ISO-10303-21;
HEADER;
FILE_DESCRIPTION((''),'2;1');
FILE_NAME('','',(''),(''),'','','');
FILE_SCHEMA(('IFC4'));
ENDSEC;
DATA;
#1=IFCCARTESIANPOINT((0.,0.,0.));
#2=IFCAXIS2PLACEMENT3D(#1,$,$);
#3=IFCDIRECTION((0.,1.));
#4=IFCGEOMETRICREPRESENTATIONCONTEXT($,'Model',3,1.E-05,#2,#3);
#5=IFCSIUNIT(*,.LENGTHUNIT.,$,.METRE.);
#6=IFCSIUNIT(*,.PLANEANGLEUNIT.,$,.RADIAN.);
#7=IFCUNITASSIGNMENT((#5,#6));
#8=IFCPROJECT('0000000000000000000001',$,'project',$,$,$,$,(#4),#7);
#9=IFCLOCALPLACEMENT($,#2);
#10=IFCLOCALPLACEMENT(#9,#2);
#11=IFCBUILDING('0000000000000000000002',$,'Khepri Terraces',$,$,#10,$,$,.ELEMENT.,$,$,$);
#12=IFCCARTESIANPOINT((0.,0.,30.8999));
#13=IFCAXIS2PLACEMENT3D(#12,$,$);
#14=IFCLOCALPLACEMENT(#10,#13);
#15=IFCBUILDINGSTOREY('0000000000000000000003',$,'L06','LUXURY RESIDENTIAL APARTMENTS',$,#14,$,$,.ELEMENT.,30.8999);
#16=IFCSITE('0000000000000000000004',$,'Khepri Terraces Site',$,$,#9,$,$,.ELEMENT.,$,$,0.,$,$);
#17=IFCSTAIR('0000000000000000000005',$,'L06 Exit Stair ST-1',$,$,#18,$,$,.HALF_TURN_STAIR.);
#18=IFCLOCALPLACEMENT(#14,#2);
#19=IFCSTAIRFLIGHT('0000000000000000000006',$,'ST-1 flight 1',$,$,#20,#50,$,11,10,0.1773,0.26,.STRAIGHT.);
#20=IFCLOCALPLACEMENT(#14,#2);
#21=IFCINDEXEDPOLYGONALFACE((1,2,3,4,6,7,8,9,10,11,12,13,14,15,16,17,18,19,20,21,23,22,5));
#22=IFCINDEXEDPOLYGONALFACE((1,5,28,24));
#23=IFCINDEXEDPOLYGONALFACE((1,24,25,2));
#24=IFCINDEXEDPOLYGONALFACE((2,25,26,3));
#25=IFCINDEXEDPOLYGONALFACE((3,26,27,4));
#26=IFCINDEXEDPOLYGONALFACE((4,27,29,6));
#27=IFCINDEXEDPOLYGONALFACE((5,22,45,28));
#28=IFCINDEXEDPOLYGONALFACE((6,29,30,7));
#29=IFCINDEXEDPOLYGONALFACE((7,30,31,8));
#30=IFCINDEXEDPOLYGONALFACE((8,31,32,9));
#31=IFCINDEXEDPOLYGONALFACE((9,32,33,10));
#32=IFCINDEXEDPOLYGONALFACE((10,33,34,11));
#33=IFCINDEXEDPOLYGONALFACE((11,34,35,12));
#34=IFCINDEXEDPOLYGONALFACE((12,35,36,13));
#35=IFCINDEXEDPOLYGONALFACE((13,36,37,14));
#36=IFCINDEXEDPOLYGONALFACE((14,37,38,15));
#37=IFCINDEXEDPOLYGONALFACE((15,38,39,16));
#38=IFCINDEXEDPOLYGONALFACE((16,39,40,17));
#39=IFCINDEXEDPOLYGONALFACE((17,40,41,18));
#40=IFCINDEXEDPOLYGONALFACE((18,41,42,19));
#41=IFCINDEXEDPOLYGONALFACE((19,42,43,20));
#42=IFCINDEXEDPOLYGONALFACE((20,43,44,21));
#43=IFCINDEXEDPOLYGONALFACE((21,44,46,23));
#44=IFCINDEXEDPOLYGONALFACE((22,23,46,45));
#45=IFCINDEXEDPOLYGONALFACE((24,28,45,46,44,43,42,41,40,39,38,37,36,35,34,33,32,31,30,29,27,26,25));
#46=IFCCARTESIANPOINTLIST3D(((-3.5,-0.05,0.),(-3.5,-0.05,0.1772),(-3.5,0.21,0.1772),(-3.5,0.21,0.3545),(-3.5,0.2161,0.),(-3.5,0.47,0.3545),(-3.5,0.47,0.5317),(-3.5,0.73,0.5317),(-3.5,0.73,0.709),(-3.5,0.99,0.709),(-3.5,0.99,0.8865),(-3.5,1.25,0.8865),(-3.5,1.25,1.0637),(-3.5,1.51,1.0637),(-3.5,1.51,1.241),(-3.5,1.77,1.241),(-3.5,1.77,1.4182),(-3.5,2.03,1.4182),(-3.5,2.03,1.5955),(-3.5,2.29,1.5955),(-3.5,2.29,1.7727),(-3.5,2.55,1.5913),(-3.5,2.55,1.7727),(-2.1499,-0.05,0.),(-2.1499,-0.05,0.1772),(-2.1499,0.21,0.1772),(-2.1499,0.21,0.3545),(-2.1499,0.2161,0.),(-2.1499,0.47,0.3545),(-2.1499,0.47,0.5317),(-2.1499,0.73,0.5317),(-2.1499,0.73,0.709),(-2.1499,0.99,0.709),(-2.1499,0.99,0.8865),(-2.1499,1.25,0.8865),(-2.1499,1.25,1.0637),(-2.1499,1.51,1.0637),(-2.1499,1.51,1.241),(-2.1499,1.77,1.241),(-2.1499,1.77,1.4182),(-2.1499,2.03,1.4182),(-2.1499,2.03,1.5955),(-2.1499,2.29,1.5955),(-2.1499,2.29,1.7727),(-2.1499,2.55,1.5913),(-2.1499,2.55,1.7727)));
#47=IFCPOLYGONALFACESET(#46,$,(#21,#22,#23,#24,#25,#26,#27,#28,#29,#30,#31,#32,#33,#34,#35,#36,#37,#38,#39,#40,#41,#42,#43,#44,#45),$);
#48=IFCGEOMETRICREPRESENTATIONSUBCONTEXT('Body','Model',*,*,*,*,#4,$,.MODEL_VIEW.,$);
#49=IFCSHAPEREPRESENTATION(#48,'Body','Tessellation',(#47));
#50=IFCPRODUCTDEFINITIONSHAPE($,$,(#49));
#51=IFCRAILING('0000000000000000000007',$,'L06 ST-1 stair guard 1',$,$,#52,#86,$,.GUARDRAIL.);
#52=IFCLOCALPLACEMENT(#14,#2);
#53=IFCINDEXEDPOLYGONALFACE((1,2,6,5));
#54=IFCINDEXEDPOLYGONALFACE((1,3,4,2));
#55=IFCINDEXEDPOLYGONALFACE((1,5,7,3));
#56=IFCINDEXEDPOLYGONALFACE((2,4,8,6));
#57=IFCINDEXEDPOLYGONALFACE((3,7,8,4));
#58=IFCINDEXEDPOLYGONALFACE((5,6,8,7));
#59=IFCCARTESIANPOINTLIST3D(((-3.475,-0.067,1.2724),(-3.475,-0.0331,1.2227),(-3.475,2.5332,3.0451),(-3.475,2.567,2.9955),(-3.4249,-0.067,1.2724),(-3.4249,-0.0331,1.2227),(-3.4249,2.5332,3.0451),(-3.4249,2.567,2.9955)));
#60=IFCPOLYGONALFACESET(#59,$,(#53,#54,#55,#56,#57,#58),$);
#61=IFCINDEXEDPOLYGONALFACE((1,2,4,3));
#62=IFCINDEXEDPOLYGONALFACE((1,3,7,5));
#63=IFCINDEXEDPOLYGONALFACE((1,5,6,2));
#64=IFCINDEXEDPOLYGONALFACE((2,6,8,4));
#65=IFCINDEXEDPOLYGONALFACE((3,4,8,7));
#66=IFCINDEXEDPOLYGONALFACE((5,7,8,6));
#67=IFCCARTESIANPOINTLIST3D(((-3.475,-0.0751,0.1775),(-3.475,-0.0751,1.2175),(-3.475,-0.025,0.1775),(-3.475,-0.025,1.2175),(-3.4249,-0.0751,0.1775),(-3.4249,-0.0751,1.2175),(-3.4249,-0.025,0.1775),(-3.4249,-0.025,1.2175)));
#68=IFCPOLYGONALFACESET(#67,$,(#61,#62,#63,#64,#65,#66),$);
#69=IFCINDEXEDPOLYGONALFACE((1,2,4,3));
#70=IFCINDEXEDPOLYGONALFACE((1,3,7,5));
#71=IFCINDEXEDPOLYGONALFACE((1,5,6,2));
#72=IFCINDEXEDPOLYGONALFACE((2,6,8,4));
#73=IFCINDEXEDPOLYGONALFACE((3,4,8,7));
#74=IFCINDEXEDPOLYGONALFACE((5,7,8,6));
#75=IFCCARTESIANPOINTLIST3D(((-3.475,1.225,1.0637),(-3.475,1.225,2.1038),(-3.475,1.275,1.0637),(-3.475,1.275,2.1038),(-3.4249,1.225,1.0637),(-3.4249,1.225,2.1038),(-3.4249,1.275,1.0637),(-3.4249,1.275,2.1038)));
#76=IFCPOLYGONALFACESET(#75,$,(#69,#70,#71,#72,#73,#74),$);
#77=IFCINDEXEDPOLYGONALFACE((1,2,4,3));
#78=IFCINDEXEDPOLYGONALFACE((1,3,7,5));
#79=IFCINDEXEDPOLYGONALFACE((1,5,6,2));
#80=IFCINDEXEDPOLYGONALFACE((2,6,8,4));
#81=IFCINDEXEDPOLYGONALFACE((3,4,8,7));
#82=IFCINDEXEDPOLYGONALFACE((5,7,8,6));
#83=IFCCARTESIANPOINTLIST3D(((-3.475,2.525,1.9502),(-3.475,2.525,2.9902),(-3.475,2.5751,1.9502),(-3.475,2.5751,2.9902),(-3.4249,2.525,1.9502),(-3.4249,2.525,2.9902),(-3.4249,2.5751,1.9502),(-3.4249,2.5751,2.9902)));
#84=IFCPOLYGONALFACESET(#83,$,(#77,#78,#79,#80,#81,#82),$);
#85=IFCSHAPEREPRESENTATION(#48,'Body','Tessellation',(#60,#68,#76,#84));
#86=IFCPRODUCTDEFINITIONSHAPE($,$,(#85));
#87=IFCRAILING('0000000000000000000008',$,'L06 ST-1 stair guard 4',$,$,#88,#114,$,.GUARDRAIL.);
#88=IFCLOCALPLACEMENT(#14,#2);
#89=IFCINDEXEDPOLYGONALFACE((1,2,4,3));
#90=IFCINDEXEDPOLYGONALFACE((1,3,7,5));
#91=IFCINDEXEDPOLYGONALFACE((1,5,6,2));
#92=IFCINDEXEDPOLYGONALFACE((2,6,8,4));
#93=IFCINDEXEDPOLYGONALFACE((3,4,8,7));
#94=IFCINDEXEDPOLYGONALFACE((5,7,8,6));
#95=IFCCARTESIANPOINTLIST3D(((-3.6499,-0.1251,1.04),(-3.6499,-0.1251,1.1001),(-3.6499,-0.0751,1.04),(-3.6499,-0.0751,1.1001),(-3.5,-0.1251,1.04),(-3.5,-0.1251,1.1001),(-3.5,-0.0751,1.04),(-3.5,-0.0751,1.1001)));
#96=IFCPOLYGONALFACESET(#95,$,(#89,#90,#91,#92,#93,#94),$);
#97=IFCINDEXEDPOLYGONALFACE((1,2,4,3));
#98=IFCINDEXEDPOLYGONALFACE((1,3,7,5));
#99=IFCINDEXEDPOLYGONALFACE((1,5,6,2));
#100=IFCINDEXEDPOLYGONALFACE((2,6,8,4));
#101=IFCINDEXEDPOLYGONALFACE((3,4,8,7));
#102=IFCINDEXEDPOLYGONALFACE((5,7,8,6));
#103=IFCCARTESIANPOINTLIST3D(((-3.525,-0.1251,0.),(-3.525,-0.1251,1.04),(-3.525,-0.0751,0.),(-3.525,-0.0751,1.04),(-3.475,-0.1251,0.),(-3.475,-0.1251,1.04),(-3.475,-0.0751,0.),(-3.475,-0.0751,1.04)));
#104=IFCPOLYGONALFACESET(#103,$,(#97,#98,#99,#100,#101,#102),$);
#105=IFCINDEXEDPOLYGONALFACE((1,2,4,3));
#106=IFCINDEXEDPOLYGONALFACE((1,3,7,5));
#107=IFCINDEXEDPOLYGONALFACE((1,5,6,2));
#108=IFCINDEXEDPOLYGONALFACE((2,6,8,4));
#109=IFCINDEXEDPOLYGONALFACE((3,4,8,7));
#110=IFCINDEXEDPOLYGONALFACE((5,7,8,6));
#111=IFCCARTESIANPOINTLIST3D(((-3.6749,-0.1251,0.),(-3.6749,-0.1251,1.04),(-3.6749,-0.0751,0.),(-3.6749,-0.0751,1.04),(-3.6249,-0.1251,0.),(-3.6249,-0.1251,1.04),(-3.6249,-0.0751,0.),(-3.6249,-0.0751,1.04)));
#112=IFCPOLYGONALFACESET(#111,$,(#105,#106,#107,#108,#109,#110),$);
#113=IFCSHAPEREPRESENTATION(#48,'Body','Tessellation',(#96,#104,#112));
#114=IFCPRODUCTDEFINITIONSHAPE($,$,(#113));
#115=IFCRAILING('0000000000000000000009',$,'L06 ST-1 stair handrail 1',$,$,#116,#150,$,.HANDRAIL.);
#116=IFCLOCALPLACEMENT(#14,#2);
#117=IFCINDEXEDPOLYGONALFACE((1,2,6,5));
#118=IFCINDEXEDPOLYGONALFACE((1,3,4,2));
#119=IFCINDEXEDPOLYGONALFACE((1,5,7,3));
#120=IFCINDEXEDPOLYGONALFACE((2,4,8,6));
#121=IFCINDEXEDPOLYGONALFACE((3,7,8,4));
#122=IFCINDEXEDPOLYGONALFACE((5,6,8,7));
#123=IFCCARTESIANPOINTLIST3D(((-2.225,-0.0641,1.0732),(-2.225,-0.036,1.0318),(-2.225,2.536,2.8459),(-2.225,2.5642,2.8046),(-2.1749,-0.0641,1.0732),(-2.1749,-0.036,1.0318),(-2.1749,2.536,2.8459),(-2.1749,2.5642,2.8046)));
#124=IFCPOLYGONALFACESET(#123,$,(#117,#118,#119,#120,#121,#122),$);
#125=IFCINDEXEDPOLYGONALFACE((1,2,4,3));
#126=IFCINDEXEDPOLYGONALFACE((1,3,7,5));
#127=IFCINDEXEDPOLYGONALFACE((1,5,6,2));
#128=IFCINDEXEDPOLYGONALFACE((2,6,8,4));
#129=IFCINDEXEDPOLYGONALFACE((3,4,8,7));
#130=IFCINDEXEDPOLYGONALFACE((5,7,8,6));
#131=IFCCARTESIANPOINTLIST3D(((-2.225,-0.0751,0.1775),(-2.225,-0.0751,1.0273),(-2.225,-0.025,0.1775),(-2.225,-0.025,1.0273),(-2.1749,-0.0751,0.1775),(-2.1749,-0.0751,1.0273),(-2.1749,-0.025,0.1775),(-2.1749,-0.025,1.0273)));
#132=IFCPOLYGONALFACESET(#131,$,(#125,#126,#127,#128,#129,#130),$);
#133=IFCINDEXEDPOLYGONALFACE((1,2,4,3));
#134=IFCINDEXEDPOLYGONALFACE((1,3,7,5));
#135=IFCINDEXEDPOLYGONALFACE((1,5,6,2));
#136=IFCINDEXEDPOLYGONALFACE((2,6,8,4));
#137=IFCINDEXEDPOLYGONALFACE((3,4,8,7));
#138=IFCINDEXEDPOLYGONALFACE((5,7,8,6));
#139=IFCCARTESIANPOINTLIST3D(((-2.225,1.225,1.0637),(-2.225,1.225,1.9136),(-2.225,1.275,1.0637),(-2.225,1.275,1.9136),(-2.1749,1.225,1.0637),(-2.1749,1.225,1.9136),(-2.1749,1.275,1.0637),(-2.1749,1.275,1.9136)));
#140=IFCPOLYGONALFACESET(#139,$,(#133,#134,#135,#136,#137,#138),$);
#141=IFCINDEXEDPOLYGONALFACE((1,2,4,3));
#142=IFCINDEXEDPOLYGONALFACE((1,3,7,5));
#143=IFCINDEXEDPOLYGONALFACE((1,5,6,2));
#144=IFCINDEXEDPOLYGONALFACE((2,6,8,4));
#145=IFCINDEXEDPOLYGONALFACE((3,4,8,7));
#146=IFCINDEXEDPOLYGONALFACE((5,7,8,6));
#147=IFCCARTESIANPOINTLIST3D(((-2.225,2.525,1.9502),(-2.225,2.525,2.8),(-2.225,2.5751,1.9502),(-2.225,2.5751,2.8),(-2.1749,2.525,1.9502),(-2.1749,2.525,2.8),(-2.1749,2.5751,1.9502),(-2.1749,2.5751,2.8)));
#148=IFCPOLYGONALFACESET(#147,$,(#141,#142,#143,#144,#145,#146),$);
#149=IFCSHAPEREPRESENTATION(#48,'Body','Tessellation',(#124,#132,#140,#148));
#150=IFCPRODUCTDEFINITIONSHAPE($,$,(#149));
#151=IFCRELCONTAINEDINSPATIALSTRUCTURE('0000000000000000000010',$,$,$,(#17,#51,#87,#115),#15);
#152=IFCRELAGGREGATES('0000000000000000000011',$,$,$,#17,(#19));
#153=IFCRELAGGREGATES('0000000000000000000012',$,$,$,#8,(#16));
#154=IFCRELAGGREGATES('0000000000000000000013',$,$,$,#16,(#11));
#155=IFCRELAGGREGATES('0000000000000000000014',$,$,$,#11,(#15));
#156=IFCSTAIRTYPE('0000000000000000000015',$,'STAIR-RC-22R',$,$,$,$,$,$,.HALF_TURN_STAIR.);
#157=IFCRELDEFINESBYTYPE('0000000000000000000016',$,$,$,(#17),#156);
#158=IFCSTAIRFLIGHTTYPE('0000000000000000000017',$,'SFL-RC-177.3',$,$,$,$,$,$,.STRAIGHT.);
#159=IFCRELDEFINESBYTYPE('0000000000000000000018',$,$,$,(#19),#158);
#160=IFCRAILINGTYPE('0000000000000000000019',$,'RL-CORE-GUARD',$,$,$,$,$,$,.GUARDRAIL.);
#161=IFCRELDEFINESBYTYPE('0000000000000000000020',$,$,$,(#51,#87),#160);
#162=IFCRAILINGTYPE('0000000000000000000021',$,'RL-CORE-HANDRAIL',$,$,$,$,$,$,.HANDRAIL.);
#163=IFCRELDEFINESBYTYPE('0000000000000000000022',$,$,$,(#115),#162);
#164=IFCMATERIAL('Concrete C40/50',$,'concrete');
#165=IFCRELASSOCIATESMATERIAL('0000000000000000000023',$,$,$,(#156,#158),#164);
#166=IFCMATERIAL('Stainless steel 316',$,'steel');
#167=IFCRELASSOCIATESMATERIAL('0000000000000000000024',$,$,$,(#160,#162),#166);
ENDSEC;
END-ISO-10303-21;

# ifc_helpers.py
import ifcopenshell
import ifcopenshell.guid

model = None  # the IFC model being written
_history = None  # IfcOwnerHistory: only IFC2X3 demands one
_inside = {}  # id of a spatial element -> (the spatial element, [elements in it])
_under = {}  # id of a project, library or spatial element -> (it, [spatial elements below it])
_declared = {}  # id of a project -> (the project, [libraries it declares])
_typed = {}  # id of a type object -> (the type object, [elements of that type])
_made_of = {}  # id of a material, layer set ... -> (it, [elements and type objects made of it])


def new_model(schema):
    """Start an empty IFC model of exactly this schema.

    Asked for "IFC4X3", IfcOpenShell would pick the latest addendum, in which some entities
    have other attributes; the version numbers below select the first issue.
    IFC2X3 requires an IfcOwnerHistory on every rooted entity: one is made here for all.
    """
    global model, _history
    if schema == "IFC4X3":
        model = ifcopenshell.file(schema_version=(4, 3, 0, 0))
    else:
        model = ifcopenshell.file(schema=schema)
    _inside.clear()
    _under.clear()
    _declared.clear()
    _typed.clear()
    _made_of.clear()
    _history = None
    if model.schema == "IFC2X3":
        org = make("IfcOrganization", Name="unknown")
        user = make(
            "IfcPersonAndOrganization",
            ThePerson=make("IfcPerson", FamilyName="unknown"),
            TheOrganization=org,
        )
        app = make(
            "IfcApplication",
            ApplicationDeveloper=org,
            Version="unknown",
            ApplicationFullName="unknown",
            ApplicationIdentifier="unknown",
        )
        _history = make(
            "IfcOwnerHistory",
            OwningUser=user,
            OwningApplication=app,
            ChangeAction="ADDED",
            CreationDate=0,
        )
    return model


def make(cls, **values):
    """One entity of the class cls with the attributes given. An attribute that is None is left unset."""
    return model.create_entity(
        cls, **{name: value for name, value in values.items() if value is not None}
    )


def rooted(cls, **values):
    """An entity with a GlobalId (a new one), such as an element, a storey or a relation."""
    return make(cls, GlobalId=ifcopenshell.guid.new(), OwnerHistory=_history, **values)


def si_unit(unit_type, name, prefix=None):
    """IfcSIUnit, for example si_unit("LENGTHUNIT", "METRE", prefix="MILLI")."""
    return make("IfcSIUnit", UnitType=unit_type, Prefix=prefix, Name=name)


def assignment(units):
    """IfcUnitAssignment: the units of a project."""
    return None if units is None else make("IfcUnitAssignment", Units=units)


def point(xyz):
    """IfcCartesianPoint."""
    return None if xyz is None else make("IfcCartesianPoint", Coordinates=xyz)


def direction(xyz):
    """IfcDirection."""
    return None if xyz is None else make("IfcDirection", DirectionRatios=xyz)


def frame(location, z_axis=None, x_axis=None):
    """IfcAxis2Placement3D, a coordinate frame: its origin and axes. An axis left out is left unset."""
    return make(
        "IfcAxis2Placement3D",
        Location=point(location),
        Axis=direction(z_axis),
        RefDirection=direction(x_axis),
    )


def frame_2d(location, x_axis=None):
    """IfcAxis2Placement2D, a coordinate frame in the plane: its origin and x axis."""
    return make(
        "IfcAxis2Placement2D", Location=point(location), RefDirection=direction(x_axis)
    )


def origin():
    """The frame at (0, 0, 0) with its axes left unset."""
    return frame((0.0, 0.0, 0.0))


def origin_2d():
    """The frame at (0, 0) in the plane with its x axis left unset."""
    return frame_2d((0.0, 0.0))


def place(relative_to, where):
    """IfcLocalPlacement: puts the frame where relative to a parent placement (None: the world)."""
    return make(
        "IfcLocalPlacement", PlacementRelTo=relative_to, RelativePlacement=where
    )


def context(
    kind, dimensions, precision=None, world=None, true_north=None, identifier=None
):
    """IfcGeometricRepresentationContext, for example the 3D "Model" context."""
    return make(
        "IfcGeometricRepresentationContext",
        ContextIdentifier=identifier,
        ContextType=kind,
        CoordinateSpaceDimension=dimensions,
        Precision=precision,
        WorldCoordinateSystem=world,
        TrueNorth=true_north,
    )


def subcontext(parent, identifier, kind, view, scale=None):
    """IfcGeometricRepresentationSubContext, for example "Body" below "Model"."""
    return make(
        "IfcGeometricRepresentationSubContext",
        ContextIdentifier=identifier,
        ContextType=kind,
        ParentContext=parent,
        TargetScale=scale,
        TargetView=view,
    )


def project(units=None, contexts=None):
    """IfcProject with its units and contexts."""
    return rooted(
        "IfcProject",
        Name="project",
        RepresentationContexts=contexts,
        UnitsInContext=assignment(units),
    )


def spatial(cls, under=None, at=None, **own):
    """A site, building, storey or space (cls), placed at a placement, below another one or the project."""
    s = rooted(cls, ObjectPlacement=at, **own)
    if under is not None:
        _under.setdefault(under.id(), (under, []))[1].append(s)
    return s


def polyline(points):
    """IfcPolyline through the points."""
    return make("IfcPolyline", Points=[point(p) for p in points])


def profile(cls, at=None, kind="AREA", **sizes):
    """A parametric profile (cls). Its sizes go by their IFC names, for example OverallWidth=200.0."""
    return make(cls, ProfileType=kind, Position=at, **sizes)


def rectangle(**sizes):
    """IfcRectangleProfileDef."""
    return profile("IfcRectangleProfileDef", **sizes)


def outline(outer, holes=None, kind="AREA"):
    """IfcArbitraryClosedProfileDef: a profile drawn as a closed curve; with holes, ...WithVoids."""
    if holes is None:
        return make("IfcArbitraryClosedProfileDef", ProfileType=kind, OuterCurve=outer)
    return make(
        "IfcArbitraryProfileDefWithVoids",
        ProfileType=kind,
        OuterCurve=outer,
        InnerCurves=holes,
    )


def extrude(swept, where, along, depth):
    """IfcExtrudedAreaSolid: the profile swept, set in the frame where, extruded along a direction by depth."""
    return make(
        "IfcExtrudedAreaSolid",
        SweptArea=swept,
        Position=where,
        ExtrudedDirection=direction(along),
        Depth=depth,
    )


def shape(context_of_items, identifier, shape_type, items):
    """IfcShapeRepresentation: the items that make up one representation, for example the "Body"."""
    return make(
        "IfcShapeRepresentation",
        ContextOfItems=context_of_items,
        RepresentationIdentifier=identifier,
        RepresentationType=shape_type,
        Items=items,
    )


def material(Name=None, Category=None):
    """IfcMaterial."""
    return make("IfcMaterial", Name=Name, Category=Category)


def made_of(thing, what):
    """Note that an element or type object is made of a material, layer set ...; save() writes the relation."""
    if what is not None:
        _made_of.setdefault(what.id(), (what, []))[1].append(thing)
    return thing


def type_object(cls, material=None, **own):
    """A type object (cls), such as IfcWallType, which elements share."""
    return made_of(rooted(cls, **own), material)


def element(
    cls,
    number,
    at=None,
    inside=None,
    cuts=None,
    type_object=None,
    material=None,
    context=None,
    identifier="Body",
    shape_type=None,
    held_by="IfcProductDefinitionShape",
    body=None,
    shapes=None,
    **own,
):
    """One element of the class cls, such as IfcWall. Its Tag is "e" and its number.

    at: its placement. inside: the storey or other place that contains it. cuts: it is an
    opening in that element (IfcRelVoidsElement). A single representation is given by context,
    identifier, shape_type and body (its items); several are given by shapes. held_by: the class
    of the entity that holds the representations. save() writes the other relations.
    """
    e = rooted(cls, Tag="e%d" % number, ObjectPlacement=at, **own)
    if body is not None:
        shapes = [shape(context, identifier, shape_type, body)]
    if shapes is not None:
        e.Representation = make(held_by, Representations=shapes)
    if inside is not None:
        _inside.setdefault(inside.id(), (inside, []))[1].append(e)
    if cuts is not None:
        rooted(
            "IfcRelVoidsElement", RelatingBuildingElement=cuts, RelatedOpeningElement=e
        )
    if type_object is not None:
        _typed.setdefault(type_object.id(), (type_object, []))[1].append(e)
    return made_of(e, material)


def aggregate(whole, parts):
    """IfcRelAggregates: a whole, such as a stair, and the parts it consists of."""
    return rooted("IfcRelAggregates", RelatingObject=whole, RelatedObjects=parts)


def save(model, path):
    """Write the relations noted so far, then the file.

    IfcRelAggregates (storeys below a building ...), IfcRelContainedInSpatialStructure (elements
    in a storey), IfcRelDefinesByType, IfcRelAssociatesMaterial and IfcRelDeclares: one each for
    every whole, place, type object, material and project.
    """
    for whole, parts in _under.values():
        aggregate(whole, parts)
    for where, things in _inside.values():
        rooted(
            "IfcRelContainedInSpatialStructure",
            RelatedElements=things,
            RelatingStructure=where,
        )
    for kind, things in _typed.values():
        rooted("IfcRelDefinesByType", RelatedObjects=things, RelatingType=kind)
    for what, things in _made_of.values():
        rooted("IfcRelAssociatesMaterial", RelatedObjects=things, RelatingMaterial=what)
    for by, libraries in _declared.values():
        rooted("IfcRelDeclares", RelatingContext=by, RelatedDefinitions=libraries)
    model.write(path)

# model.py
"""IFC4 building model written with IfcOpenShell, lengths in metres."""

from ifc_helpers import new_model, si_unit, direction, frame, origin, origin_2d, place, context, subcontext, project, spatial, polyline, rectangle, outline, extrude, material, type_object, element, aggregate, save


model = new_model("IFC4")

# Units and contexts
model_context = context("Model", 3, precision=1e-05, world=origin(), true_north=direction((0.0, 1.0)))
body_context = subcontext(model_context, "Body", "Model", "MODEL_VIEW")
ifc_project = project(units=[si_unit("LENGTHUNIT", "METRE"), si_unit("PLANEANGLEUNIT", "RADIAN")], contexts=[model_context])

# Site, building, storey
site_placement = place(None, origin())
site = spatial("IfcSite", under=ifc_project, at=site_placement, Name="Khepri Terraces Site", CompositionType="ELEMENT", RefElevation=0.0)
building_placement = place(site_placement, origin())
building = spatial("IfcBuilding", under=site, at=building_placement, Name="Khepri Terraces", CompositionType="ELEMENT")
storey_placement = place(building_placement, frame((0.0, 0.0, 30.8999)))
storey = spatial("IfcBuildingStorey", under=building, at=storey_placement, Name="L06", Description="LUXURY RESIDENTIAL APARTMENTS", CompositionType="ELEMENT", Elevation=30.8999)

# Stair, stair flight
ifc_material_1 = material(Name="Concrete C40/50", Category="concrete")
stair_type = type_object("IfcStairType", Name="STAIR-RC-22R", PredefinedType="HALF_TURN_STAIR", material=ifc_material_1)
stair_placement = place(storey_placement, origin())
stair = element("IfcStair", 1, at=stair_placement, inside=storey, type_object=stair_type, Name="L06 Exit Stair ST-1", PredefinedType="HALF_TURN_STAIR")
stair_flight_type = type_object("IfcStairFlightType", Name="SFL-RC-177.3", PredefinedType="STRAIGHT", material=ifc_material_1)
stair_flight_placement = place(storey_placement, frame((-2.825, -0.05, 0.0), z_axis=(0.0, 0.0, 1.0), x_axis=(0.0, 1.0, 0.0)))
stair_flight = element("IfcStairFlight", 2, at=stair_flight_placement, type_object=stair_flight_type, Name="ST-1 flight 1", NumberOfRisers=11, NumberOfTreads=10, PredefinedType="STRAIGHT", RiserHeight=0.1773, TreadLength=0.26, context=body_context, shape_type="SweptSolid", body=[
    extrude(outline(polyline([(0.0, 0.0), (0.0, 0.1772), (0.26, 0.1772), (0.26, 0.3545), (0.52, 0.3545), (0.52, 0.5317), (0.78, 0.5317), (0.78, 0.709), (1.04, 0.709), (1.04, 0.8865), (1.3, 0.8865), (1.3, 1.0637), (1.5601, 1.0637), (1.5601, 1.241), (1.8201, 1.241), (1.8201, 1.4182), (2.0801, 1.4182), (2.0801, 1.5955), (2.3401, 1.5955), (2.3401, 1.7727), (2.6001, 1.7727), (2.6001, 1.95), (2.6001, 1.5913), (0.2661, 0.0), (0.0, 0.0)])), frame((0.0, 0.675, 0.0), z_axis=(0.0, -1.0, 0.0), x_axis=(1.0, 0.0, 0.0)), (0.0, 0.0, 1.0), 1.3501),
])
aggregate(stair, [stair_flight])

# Railings
ifc_material_2 = material(Name="Stainless steel 316", Category="steel")
railing_type_1 = type_object("IfcRailingType", Name="RL-CORE-GUARD", PredefinedType="GUARDRAIL", material=ifc_material_2)
railing_1_placement = place(storey_placement, frame((-3.45, -0.05, 0.1775)))
element("IfcRailing", 3, at=railing_1_placement, inside=storey, type_object=railing_type_1, Name="L06 ST-1 stair guard 1", PredefinedType="GUARDRAIL", context=body_context, shape_type="SweptSolid", body=[
    extrude(rectangle(XDim=0.05, YDim=0.0601, at=origin_2d()), frame((0.0, 0.0, 1.0701), z_axis=(0.0, 0.82624, 0.563318), x_axis=(-1.0, 0.0, 0.0)), (0.0, 0.0, 1.0), 3.147),
    extrude(rectangle(XDim=0.05, YDim=0.05, at=origin_2d()), origin(), (0.0, 0.0, 1.0), 1.04),
    extrude(rectangle(XDim=0.05, YDim=0.05, at=origin_2d()), frame((0.0, 1.3, 0.8862)), (0.0, 0.0, 1.0), 1.04),
    extrude(rectangle(XDim=0.05, YDim=0.05, at=origin_2d()), frame((0.0, 2.6001, 1.7727)), (0.0, 0.0, 1.0), 1.04),
])
railing_2_placement = place(storey_placement, frame((-3.5, -0.1001, 0.0)))
element("IfcRailing", 4, at=railing_2_placement, inside=storey, type_object=railing_type_1, Name="L06 ST-1 stair guard 4", PredefinedType="GUARDRAIL", context=body_context, shape_type="SweptSolid", body=[
    extrude(rectangle(XDim=0.05, YDim=0.0601, at=origin_2d()), frame((0.0, 0.0, 1.0701), z_axis=(-1.0, 0.0, 0.0), x_axis=(0.0, -1.0, 0.0)), (0.0, 0.0, 1.0), 0.1499),
    extrude(rectangle(XDim=0.05, YDim=0.05, at=origin_2d()), origin(), (0.0, 0.0, 1.0), 1.04),
    extrude(rectangle(XDim=0.05, YDim=0.05, at=origin_2d()), frame((-0.1499, 0.0, 0.0)), (0.0, 0.0, 1.0), 1.04),
])
railing_type_2 = type_object("IfcRailingType", Name="RL-CORE-HANDRAIL", PredefinedType="HANDRAIL", material=ifc_material_2)
railing_3_placement = place(storey_placement, frame((-2.2, -0.05, 0.1775)))
element("IfcRailing", 5, at=railing_3_placement, inside=storey, type_object=railing_type_2, Name="L06 ST-1 stair handrail 1", PredefinedType="HANDRAIL", context=body_context, shape_type="SweptSolid", body=[
    extrude(rectangle(XDim=0.05, YDim=0.05, at=origin_2d()), frame((0.0, 0.0, 0.875), z_axis=(0.0, 0.82624, 0.563318), x_axis=(-1.0, 0.0, 0.0)), (0.0, 0.0, 1.0), 3.147),
    extrude(rectangle(XDim=0.05, YDim=0.05, at=origin_2d()), origin(), (0.0, 0.0, 1.0), 0.8499),
    extrude(rectangle(XDim=0.05, YDim=0.05, at=origin_2d()), frame((0.0, 1.3, 0.8862)), (0.0, 0.0, 1.0), 0.8499),
    extrude(rectangle(XDim=0.05, YDim=0.05, at=origin_2d()), frame((0.0, 2.6001, 1.7727)), (0.0, 0.0, 1.0), 0.8499),
])

save(model, "model.ifc")
